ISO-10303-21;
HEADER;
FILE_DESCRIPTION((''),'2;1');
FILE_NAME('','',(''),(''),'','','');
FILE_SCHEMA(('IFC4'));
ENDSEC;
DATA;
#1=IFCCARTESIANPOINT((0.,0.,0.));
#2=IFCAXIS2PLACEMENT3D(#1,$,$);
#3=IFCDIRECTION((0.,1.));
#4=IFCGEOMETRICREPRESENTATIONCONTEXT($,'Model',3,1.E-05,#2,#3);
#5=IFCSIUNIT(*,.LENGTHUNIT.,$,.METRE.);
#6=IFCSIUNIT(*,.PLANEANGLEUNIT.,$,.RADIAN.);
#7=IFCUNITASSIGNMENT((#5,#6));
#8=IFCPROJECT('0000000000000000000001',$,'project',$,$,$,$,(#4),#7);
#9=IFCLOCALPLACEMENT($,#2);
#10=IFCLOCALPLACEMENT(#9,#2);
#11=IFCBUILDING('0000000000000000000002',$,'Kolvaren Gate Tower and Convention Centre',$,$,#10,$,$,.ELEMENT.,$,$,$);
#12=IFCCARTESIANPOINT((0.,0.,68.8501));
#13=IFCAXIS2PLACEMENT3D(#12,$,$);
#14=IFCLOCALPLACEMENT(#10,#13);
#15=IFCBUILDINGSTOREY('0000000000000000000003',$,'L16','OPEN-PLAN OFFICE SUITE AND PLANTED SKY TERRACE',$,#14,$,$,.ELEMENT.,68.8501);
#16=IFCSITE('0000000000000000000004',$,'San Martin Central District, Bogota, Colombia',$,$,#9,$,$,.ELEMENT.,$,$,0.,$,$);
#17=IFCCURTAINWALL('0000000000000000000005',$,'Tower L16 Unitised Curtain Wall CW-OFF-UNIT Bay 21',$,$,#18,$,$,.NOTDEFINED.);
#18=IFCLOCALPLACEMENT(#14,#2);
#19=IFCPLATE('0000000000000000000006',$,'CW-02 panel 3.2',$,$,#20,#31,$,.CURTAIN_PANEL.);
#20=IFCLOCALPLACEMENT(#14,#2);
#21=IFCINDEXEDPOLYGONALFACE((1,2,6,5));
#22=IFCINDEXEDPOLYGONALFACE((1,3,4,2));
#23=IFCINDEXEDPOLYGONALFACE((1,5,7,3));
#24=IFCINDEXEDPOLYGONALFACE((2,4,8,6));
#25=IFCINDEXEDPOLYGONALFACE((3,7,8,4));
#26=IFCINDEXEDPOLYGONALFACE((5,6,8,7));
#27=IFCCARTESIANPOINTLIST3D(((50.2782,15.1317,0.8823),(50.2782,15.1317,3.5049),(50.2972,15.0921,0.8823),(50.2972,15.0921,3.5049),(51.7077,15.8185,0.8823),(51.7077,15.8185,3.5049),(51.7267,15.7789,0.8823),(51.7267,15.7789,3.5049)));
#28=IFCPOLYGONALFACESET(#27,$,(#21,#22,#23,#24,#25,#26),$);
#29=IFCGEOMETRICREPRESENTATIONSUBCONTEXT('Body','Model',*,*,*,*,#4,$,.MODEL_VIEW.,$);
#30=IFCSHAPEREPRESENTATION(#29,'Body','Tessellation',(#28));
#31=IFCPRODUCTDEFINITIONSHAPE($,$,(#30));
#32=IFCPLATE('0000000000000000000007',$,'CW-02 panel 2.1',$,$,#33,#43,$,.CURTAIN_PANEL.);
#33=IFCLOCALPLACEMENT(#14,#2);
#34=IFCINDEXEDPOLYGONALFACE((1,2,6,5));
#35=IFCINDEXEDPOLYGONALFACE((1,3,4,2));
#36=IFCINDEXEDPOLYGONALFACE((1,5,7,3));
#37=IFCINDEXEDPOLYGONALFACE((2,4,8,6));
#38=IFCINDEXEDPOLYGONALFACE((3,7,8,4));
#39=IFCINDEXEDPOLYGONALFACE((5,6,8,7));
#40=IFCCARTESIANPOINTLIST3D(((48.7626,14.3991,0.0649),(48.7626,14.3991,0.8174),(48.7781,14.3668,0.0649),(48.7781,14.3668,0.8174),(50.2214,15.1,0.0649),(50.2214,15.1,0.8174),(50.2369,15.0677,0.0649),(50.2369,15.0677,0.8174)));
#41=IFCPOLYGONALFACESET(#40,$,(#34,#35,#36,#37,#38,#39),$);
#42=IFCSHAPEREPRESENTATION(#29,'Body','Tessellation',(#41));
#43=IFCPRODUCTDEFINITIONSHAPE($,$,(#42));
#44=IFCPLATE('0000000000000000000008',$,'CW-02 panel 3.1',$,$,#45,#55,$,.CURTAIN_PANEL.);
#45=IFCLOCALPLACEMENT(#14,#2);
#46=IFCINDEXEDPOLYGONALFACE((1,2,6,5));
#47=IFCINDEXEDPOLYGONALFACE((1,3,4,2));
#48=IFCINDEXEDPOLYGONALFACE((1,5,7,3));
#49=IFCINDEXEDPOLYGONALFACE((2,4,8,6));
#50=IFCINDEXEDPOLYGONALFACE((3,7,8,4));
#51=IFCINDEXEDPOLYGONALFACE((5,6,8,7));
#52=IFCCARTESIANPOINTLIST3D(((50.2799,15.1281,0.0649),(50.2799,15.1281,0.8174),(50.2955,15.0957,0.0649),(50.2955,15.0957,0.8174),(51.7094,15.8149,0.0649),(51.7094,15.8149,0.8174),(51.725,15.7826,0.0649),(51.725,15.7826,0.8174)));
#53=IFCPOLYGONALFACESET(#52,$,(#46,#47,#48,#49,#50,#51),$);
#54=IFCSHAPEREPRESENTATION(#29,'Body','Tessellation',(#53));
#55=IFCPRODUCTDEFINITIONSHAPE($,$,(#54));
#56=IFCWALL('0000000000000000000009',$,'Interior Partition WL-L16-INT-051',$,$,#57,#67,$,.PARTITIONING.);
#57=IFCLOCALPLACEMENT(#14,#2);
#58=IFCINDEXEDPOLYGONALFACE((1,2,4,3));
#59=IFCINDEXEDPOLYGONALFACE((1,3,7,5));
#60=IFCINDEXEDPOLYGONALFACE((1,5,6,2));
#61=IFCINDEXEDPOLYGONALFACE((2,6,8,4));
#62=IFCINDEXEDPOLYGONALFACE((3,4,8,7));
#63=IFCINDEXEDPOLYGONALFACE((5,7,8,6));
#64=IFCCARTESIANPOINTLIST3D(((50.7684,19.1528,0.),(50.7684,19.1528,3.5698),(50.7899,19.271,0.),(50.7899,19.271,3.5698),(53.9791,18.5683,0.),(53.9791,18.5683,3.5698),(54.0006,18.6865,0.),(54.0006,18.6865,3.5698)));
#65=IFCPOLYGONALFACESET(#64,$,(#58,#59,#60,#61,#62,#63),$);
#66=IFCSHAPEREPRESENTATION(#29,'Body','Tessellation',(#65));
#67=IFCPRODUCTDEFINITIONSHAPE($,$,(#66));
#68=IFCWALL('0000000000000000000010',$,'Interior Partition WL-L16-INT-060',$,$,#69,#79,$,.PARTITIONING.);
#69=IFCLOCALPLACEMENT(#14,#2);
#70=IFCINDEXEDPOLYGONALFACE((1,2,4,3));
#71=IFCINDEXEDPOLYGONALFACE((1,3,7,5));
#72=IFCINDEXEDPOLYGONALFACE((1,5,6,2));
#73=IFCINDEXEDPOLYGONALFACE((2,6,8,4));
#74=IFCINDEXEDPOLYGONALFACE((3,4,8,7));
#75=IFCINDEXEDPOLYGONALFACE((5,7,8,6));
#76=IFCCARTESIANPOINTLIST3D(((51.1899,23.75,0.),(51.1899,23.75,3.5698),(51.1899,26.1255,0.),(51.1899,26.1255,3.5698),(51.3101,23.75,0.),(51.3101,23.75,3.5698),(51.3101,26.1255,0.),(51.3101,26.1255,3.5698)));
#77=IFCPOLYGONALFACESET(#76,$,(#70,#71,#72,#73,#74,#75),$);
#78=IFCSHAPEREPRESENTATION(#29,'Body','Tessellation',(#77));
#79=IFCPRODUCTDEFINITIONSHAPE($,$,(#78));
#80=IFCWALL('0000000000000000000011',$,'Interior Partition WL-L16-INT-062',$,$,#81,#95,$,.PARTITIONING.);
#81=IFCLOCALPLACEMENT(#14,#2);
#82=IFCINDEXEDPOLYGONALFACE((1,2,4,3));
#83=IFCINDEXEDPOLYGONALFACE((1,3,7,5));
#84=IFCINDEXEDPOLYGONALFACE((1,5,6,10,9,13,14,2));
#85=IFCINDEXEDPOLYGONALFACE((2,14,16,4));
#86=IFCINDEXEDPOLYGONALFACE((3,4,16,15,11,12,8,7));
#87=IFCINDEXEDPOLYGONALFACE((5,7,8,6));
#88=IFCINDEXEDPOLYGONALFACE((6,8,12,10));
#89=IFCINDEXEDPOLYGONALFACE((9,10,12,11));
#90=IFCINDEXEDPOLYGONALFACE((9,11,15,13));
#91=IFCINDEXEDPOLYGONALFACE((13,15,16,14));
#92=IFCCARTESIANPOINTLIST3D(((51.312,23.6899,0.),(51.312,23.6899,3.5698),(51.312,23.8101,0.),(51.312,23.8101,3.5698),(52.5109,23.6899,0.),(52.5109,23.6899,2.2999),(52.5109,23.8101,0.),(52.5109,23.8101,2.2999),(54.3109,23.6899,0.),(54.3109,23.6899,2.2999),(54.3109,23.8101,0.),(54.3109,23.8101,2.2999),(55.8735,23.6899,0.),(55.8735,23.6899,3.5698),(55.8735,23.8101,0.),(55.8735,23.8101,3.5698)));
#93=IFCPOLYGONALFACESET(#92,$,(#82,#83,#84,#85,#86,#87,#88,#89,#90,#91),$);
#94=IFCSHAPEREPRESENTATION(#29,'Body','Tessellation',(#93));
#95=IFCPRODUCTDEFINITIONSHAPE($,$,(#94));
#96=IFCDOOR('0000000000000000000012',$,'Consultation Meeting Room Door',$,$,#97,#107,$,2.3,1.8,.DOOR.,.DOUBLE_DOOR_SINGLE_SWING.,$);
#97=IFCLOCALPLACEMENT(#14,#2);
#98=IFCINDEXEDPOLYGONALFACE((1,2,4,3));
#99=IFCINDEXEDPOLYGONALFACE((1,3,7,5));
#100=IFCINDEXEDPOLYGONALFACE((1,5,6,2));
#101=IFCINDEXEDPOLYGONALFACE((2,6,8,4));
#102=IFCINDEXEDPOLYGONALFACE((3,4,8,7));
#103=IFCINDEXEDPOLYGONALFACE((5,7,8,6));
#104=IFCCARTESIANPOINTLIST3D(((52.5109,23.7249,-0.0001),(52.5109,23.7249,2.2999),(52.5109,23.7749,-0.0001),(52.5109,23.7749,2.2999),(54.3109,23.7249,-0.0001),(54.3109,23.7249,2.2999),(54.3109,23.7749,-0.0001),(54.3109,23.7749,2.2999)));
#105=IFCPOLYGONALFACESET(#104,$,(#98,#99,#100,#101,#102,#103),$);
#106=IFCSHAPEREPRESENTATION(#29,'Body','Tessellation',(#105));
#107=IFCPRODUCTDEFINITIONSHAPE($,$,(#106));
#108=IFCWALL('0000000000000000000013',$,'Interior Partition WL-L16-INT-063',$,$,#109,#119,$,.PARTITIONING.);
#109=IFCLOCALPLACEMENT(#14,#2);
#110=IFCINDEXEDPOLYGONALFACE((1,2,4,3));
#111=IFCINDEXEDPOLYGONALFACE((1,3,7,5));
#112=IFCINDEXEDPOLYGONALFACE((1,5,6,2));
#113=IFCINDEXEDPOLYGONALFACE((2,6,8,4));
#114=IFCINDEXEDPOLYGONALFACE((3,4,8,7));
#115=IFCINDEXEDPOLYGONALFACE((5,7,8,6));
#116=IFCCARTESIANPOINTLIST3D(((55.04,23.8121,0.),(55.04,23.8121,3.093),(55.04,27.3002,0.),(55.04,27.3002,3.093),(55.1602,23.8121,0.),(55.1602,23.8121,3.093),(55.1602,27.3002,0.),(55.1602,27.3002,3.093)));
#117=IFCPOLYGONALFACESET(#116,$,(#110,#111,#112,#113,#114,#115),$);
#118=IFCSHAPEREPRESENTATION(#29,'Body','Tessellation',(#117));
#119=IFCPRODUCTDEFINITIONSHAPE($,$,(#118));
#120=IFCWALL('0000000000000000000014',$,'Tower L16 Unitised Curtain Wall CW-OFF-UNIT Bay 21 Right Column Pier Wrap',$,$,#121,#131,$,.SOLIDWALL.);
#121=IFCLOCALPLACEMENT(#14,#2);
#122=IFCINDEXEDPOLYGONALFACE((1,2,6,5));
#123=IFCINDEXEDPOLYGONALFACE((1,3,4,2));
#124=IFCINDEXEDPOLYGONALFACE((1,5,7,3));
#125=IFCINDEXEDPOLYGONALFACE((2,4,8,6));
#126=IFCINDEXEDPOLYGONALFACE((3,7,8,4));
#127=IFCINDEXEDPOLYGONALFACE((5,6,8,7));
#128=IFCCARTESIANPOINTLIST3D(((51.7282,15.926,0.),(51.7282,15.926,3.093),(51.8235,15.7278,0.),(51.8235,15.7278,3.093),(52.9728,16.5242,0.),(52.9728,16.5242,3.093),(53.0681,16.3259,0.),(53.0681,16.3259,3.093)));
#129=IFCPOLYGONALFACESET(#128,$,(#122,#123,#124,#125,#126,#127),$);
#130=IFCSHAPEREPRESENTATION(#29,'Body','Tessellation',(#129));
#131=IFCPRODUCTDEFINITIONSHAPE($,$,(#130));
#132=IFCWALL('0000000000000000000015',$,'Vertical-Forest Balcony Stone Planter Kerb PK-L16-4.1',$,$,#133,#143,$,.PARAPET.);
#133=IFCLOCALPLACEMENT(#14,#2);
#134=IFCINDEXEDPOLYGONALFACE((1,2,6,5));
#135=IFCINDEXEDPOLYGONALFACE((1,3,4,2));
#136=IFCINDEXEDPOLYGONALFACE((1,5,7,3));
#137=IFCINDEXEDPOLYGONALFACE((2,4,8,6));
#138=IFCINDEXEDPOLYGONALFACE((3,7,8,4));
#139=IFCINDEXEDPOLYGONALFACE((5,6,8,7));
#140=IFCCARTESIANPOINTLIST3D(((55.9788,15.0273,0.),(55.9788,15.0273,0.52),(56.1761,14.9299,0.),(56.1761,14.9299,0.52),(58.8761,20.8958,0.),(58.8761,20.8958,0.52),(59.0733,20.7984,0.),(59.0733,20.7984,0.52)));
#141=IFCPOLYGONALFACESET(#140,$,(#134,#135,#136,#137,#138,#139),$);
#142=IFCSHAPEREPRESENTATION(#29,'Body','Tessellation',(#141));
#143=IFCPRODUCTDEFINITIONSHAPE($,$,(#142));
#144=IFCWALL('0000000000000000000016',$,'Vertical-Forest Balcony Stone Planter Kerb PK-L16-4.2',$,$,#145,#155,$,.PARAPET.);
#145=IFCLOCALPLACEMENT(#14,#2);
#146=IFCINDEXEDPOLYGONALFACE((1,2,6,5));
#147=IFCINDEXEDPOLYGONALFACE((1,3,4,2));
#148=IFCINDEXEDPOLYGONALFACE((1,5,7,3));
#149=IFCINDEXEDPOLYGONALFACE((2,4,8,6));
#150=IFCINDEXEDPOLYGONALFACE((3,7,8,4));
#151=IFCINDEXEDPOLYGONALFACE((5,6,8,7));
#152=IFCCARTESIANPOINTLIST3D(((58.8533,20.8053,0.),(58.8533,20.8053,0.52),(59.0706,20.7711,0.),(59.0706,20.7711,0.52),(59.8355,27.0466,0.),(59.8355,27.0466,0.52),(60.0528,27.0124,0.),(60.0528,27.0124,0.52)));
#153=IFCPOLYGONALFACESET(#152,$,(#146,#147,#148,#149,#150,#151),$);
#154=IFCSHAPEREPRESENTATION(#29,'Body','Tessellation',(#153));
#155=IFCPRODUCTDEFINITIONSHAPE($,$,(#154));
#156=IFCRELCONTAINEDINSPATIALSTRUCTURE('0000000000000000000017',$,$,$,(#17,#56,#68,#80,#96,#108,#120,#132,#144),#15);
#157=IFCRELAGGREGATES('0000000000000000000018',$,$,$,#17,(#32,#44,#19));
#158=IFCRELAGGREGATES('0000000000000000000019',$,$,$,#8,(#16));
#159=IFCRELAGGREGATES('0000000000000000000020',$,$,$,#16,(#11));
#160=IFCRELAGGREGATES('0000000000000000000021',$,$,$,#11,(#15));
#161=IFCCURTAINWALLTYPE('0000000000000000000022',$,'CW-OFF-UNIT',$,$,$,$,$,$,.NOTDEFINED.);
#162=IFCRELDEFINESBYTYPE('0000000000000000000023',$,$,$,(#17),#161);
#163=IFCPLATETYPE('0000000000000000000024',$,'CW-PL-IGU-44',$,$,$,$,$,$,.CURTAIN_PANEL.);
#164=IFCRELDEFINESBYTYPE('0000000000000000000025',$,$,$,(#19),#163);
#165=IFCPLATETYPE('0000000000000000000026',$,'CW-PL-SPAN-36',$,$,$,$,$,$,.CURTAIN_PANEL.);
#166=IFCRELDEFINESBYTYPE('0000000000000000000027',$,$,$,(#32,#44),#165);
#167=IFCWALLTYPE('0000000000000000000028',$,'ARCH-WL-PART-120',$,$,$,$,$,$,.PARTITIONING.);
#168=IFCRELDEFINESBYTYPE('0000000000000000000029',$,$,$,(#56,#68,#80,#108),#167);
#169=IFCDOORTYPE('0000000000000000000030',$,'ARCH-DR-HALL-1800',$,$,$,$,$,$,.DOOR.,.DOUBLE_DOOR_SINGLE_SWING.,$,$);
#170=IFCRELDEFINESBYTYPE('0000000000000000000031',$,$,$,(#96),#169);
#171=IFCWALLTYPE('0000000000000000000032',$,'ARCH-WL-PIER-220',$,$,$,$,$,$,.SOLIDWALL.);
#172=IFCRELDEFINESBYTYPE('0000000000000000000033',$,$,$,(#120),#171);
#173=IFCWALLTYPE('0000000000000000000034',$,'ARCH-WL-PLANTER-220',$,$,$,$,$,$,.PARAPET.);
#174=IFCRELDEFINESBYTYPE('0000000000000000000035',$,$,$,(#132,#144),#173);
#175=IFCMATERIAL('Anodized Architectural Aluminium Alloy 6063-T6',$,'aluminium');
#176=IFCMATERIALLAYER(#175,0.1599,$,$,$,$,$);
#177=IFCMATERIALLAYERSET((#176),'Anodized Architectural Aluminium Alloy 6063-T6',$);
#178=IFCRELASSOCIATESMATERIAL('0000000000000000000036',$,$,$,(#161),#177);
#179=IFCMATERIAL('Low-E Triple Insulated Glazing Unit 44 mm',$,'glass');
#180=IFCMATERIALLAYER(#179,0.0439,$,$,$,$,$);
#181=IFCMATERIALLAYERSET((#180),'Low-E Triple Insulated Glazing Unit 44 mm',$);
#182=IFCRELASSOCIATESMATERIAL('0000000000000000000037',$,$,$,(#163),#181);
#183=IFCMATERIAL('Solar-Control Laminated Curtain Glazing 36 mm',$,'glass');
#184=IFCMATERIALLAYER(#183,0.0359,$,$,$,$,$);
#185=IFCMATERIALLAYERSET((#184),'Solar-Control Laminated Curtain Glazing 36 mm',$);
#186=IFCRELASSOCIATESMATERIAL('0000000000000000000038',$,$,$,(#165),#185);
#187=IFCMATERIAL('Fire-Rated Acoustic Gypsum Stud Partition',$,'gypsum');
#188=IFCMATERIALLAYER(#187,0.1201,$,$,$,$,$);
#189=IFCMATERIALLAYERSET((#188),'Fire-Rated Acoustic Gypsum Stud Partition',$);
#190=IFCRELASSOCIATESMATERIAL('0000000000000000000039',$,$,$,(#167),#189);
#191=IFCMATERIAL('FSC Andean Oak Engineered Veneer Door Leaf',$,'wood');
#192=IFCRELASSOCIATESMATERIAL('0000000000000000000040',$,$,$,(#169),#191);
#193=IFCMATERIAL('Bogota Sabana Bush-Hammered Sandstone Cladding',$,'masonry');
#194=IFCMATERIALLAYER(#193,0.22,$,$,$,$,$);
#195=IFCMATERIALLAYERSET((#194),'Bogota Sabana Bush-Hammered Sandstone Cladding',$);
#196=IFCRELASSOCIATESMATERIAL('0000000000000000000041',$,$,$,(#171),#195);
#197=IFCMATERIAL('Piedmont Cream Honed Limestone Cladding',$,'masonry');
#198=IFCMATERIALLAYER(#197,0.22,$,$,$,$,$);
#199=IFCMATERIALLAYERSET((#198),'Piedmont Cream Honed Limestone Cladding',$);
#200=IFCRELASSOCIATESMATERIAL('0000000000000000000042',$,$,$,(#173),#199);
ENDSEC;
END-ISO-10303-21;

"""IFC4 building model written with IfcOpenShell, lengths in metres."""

from ifc_helpers import new_model, si_unit, direction, frame, frame_2d, origin, origin_2d, place, context, subcontext, project, spatial, rectangle, extrude, material, layer, layer_set, type_object, element, fill, aggregate, save


model = new_model("IFC4")

# Units and contexts
model_context = context("Model", 3, precision=1e-05, world=origin(), true_north=direction((0.0, 1.0)))
body_context = subcontext(model_context, "Body", "Model", "MODEL_VIEW")
ifc_project = project(units=[si_unit("LENGTHUNIT", "METRE"), si_unit("PLANEANGLEUNIT", "RADIAN")], contexts=[model_context])

# Site, building, storey
site_placement = place(None, origin())
site = spatial("IfcSite", under=ifc_project, at=site_placement, Name="San Martin Central District, Bogota, Colombia", CompositionType="ELEMENT", RefElevation=0.0)
building_placement = place(site_placement, origin())
building = spatial("IfcBuilding", under=site, at=building_placement, Name="Kolvaren Gate Tower and Convention Centre", CompositionType="ELEMENT")
storey_placement = place(building_placement, frame((0.0, 0.0, 68.8501)))
storey = spatial("IfcBuildingStorey", under=building, at=storey_placement, Name="L16", Description="OPEN-PLAN OFFICE SUITE AND PLANTED SKY TERRACE", CompositionType="ELEMENT", Elevation=68.8501)

# Curtain wall
ifc_material_1 = material(Name="Anodized Architectural Aluminium Alloy 6063-T6", Category="aluminium")
ifc_layer_1 = layer(ifc_material_1, 0.1599)
ifc_layer_set_1 = layer_set([ifc_layer_1], Name="Anodized Architectural Aluminium Alloy 6063-T6")
curtain_wall_type = type_object("IfcCurtainWallType", Name="CW-OFF-UNIT", PredefinedType="NOTDEFINED", material=ifc_layer_set_1)
curtain_wall_placement = place(storey_placement, origin())
curtain_wall = element("IfcCurtainWall", 1, at=curtain_wall_placement, inside=storey, type_object=curtain_wall_type, Name="Tower L16 Unitised Curtain Wall CW-OFF-UNIT Bay 21", PredefinedType="NOTDEFINED")

# Plates
ifc_material_2 = material(Name="Low-E Triple Insulated Glazing Unit 44 mm", Category="glass")
ifc_layer_2 = layer(ifc_material_2, 0.0439)
ifc_layer_set_2 = layer_set([ifc_layer_2], Name="Low-E Triple Insulated Glazing Unit 44 mm")
plate_type_1 = type_object("IfcPlateType", Name="CW-PL-IGU-44", PredefinedType="CURTAIN_PANEL", material=ifc_layer_set_2)
plate_1_placement = place(storey_placement, frame((51.0024, 15.4553, 0.8823), z_axis=(0.0, 0.0, 1.0), x_axis=(0.901362, 0.433067, 0.0)))
plate_1 = element("IfcPlate", 2, at=plate_1_placement, type_object=plate_type_1, Name="CW-02 panel 3.2", PredefinedType="CURTAIN_PANEL", context=body_context, shape_type="SweptSolid", body=[
    extrude(rectangle(XDim=1.5859, YDim=0.0439, at=origin_2d()), origin(), (0.0, 0.0, 1.0), 2.6226),
])
ifc_material_3 = material(Name="Solar-Control Laminated Curtain Glazing 36 mm", Category="glass")
ifc_layer_3 = layer(ifc_material_3, 0.0359)
ifc_layer_set_3 = layer_set([ifc_layer_3], Name="Solar-Control Laminated Curtain Glazing 36 mm")
plate_type_2 = type_object("IfcPlateType", Name="CW-PL-SPAN-36", PredefinedType="CURTAIN_PANEL", material=ifc_layer_set_3)
plate_2_placement = place(storey_placement, frame((49.4998, 14.7334, 0.0649), z_axis=(0.0, 0.0, 1.0), x_axis=(0.901362, 0.433067, 0.0)))
plate_2 = element("IfcPlate", 3, at=plate_2_placement, type_object=plate_type_2, Name="CW-02 panel 2.1", PredefinedType="CURTAIN_PANEL", context=body_context, shape_type="SweptSolid", body=[
    extrude(rectangle(XDim=1.6184, YDim=0.0359, at=origin_2d()), origin(), (0.0, 0.0, 1.0), 0.7524),
])
plate_3_placement = place(storey_placement, frame((51.0024, 15.4553, 0.0649), z_axis=(0.0, 0.0, 1.0), x_axis=(0.901362, 0.433067, 0.0)))
plate_3 = element("IfcPlate", 4, at=plate_3_placement, type_object=plate_type_2, Name="CW-02 panel 3.1", PredefinedType="CURTAIN_PANEL", context=body_context, shape_type="SweptSolid", body=[
    extrude(rectangle(XDim=1.5859, YDim=0.0359, at=origin_2d()), origin(), (0.0, 0.0, 1.0), 0.7524),
])
aggregate(curtain_wall, [plate_2, plate_3, plate_1])

# Walls
ifc_material_4 = material(Name="Fire-Rated Acoustic Gypsum Stud Partition", Category="gypsum")
ifc_layer_4 = layer(ifc_material_4, 0.1201)
ifc_layer_set_4 = layer_set([ifc_layer_4], Name="Fire-Rated Acoustic Gypsum Stud Partition")
wall_type_1 = type_object("IfcWallType", Name="ARCH-WL-PART-120", PredefinedType="PARTITIONING", material=ifc_layer_set_4)
wall_1_placement = place(storey_placement, frame((50.7791, 19.2119, 0.0), z_axis=(0.0, 0.0, 1.0), x_axis=(0.983832, -0.179096, 0.0)))
element("IfcWall", 5, at=wall_1_placement, inside=storey, type_object=wall_type_1, Name="Interior Partition WL-L16-INT-051", PredefinedType="PARTITIONING", context=body_context, shape_type="SweptSolid", body=[
    extrude(rectangle(XDim=3.2634, YDim=0.1201, at=frame_2d((1.6318, 0.0))), origin(), (0.0, 0.0, 1.0), 3.5698),
])
wall_2_placement = place(storey_placement, frame((51.25, 23.75, 0.0), z_axis=(0.0, 0.0, 1.0), x_axis=(0.0, 1.0, 0.0)))
element("IfcWall", 6, at=wall_2_placement, inside=storey, type_object=wall_type_1, Name="Interior Partition WL-L16-INT-060", PredefinedType="PARTITIONING", context=body_context, shape_type="SweptSolid", body=[
    extrude(rectangle(XDim=2.3755, YDim=0.1201, at=frame_2d((1.1877, 0.0))), origin(), (0.0, 0.0, 1.0), 3.5698),
])

# Wall, opening, door
wall_3_placement = place(storey_placement, frame((51.312, 23.75, 0.0), z_axis=(0.0, 0.0, 1.0), x_axis=(1.0, 0.0, 0.0)))
wall_3 = element("IfcWall", 7, at=wall_3_placement, inside=storey, type_object=wall_type_1, Name="Interior Partition WL-L16-INT-062", PredefinedType="PARTITIONING", context=body_context, shape_type="SweptSolid", body=[
    extrude(rectangle(XDim=4.5615, YDim=0.1201, at=frame_2d((2.2808, 0.0))), origin(), (0.0, 0.0, 1.0), 3.5698),
])
opening_1_placement = place(wall_3_placement, frame((1.199, 0.0, 0.0)))
opening_1 = element("IfcOpeningElement", 8, at=opening_1_placement, cuts=wall_3, PredefinedType="OPENING", context=body_context, shape_type="SweptSolid", body=[
    extrude(rectangle(XDim=1.8, YDim=2.3, at=frame_2d((0.8999, 1.1499))), frame((0.0, 0.0701, 0.0), z_axis=(0.0, -1.0, 0.0), x_axis=(1.0, 0.0, 0.0)), (0.0, 0.0, 1.0), 0.1401),
])
ifc_material_5 = material(Name="FSC Andean Oak Engineered Veneer Door Leaf", Category="wood")
door_type_1 = type_object("IfcDoorType", Name="ARCH-DR-HALL-1800", OperationType="DOUBLE_DOOR_SINGLE_SWING", PredefinedType="DOOR", material=ifc_material_5)
door_1_placement = place(opening_1_placement, origin())
door_1 = element("IfcDoor", 9, at=door_1_placement, inside=storey, type_object=door_type_1, Name="Consultation Meeting Room Door", OperationType="DOUBLE_DOOR_SINGLE_SWING", OverallHeight=2.3, OverallWidth=1.8, PredefinedType="DOOR", context=body_context, shape_type="SweptSolid", body=[
    extrude(rectangle(XDim=1.8, YDim=2.3, at=frame_2d((0.8999, 1.1499))), frame((0.0, 0.0249, 0.0), z_axis=(0.0, -1.0, 0.0), x_axis=(1.0, 0.0, 0.0)), (0.0, 0.0, 1.0), 0.05),
])
fill(opening_1, door_1)

# Walls
wall_4_placement = place(storey_placement, frame((55.1001, 23.812, 0.0), z_axis=(0.0, 0.0, 1.0), x_axis=(0.0, 1.0, 0.0)))
element("IfcWall", 10, at=wall_4_placement, inside=storey, type_object=wall_type_1, Name="Interior Partition WL-L16-INT-063", PredefinedType="PARTITIONING", context=body_context, shape_type="SweptSolid", body=[
    extrude(rectangle(XDim=3.488, YDim=0.1201, at=frame_2d((1.7441, 0.0))), origin(), (0.0, 0.0, 1.0), 3.093),
])
ifc_material_6 = material(Name="Bogota Sabana Bush-Hammered Sandstone Cladding", Category="masonry")
ifc_layer_5 = layer(ifc_material_6, 0.22)
ifc_layer_set_5 = layer_set([ifc_layer_5], Name="Bogota Sabana Bush-Hammered Sandstone Cladding")
wall_type_2 = type_object("IfcWallType", Name="ARCH-WL-PIER-220", PredefinedType="SOLIDWALL", material=ifc_layer_set_5)
wall_5_placement = place(storey_placement, frame((51.7759, 15.8269, 0.0), z_axis=(0.0, 0.0, 1.0), x_axis=(0.901319, 0.433156, 0.0)))
element("IfcWall", 11, at=wall_5_placement, inside=storey, type_object=wall_type_2, Name="Tower L16 Unitised Curtain Wall CW-OFF-UNIT Bay 21 Right Column Pier Wrap", PredefinedType="SOLIDWALL", context=body_context, shape_type="SweptSolid", body=[
    extrude(rectangle(XDim=1.3809, YDim=0.22, at=frame_2d((0.6904, 0.0))), origin(), (0.0, 0.0, 1.0), 3.093),
])
ifc_material_7 = material(Name="Piedmont Cream Honed Limestone Cladding", Category="masonry")
ifc_layer_6 = layer(ifc_material_7, 0.22)
ifc_layer_set_6 = layer_set([ifc_layer_6], Name="Piedmont Cream Honed Limestone Cladding")
wall_type_3 = type_object("IfcWallType", Name="ARCH-WL-PLANTER-220", PredefinedType="PARAPET", material=ifc_layer_set_6)
wall_6_placement = place(storey_placement, frame((56.0774, 14.9785, 0.0), z_axis=(0.0, 0.0, 1.0), x_axis=(0.442687, 0.896676, 0.0)))
element("IfcWall", 12, at=wall_6_placement, inside=storey, type_object=wall_type_3, Name="Vertical-Forest Balcony Stone Planter Kerb PK-L16-4.1", PredefinedType="PARAPET", context=body_context, shape_type="SweptSolid", body=[
    extrude(rectangle(XDim=6.5447, YDim=0.22, at=frame_2d((3.2725, 0.0))), origin(), (0.0, 0.0, 1.0), 0.52),
])
wall_7_placement = place(storey_placement, frame((58.9619, 20.7881, 0.0), z_axis=(0.0, 0.0, 1.0), x_axis=(0.155457, 0.987843, 0.0)))
element("IfcWall", 13, at=wall_7_placement, inside=storey, type_object=wall_type_3, Name="Vertical-Forest Balcony Stone Planter Kerb PK-L16-4.2", PredefinedType="PARAPET", context=body_context, shape_type="SweptSolid", body=[
    extrude(rectangle(XDim=6.3181, YDim=0.22, at=frame_2d((3.1592, 0.0))), origin(), (0.0, 0.0, 1.0), 0.52),
])

save(model, "model.ifc")
